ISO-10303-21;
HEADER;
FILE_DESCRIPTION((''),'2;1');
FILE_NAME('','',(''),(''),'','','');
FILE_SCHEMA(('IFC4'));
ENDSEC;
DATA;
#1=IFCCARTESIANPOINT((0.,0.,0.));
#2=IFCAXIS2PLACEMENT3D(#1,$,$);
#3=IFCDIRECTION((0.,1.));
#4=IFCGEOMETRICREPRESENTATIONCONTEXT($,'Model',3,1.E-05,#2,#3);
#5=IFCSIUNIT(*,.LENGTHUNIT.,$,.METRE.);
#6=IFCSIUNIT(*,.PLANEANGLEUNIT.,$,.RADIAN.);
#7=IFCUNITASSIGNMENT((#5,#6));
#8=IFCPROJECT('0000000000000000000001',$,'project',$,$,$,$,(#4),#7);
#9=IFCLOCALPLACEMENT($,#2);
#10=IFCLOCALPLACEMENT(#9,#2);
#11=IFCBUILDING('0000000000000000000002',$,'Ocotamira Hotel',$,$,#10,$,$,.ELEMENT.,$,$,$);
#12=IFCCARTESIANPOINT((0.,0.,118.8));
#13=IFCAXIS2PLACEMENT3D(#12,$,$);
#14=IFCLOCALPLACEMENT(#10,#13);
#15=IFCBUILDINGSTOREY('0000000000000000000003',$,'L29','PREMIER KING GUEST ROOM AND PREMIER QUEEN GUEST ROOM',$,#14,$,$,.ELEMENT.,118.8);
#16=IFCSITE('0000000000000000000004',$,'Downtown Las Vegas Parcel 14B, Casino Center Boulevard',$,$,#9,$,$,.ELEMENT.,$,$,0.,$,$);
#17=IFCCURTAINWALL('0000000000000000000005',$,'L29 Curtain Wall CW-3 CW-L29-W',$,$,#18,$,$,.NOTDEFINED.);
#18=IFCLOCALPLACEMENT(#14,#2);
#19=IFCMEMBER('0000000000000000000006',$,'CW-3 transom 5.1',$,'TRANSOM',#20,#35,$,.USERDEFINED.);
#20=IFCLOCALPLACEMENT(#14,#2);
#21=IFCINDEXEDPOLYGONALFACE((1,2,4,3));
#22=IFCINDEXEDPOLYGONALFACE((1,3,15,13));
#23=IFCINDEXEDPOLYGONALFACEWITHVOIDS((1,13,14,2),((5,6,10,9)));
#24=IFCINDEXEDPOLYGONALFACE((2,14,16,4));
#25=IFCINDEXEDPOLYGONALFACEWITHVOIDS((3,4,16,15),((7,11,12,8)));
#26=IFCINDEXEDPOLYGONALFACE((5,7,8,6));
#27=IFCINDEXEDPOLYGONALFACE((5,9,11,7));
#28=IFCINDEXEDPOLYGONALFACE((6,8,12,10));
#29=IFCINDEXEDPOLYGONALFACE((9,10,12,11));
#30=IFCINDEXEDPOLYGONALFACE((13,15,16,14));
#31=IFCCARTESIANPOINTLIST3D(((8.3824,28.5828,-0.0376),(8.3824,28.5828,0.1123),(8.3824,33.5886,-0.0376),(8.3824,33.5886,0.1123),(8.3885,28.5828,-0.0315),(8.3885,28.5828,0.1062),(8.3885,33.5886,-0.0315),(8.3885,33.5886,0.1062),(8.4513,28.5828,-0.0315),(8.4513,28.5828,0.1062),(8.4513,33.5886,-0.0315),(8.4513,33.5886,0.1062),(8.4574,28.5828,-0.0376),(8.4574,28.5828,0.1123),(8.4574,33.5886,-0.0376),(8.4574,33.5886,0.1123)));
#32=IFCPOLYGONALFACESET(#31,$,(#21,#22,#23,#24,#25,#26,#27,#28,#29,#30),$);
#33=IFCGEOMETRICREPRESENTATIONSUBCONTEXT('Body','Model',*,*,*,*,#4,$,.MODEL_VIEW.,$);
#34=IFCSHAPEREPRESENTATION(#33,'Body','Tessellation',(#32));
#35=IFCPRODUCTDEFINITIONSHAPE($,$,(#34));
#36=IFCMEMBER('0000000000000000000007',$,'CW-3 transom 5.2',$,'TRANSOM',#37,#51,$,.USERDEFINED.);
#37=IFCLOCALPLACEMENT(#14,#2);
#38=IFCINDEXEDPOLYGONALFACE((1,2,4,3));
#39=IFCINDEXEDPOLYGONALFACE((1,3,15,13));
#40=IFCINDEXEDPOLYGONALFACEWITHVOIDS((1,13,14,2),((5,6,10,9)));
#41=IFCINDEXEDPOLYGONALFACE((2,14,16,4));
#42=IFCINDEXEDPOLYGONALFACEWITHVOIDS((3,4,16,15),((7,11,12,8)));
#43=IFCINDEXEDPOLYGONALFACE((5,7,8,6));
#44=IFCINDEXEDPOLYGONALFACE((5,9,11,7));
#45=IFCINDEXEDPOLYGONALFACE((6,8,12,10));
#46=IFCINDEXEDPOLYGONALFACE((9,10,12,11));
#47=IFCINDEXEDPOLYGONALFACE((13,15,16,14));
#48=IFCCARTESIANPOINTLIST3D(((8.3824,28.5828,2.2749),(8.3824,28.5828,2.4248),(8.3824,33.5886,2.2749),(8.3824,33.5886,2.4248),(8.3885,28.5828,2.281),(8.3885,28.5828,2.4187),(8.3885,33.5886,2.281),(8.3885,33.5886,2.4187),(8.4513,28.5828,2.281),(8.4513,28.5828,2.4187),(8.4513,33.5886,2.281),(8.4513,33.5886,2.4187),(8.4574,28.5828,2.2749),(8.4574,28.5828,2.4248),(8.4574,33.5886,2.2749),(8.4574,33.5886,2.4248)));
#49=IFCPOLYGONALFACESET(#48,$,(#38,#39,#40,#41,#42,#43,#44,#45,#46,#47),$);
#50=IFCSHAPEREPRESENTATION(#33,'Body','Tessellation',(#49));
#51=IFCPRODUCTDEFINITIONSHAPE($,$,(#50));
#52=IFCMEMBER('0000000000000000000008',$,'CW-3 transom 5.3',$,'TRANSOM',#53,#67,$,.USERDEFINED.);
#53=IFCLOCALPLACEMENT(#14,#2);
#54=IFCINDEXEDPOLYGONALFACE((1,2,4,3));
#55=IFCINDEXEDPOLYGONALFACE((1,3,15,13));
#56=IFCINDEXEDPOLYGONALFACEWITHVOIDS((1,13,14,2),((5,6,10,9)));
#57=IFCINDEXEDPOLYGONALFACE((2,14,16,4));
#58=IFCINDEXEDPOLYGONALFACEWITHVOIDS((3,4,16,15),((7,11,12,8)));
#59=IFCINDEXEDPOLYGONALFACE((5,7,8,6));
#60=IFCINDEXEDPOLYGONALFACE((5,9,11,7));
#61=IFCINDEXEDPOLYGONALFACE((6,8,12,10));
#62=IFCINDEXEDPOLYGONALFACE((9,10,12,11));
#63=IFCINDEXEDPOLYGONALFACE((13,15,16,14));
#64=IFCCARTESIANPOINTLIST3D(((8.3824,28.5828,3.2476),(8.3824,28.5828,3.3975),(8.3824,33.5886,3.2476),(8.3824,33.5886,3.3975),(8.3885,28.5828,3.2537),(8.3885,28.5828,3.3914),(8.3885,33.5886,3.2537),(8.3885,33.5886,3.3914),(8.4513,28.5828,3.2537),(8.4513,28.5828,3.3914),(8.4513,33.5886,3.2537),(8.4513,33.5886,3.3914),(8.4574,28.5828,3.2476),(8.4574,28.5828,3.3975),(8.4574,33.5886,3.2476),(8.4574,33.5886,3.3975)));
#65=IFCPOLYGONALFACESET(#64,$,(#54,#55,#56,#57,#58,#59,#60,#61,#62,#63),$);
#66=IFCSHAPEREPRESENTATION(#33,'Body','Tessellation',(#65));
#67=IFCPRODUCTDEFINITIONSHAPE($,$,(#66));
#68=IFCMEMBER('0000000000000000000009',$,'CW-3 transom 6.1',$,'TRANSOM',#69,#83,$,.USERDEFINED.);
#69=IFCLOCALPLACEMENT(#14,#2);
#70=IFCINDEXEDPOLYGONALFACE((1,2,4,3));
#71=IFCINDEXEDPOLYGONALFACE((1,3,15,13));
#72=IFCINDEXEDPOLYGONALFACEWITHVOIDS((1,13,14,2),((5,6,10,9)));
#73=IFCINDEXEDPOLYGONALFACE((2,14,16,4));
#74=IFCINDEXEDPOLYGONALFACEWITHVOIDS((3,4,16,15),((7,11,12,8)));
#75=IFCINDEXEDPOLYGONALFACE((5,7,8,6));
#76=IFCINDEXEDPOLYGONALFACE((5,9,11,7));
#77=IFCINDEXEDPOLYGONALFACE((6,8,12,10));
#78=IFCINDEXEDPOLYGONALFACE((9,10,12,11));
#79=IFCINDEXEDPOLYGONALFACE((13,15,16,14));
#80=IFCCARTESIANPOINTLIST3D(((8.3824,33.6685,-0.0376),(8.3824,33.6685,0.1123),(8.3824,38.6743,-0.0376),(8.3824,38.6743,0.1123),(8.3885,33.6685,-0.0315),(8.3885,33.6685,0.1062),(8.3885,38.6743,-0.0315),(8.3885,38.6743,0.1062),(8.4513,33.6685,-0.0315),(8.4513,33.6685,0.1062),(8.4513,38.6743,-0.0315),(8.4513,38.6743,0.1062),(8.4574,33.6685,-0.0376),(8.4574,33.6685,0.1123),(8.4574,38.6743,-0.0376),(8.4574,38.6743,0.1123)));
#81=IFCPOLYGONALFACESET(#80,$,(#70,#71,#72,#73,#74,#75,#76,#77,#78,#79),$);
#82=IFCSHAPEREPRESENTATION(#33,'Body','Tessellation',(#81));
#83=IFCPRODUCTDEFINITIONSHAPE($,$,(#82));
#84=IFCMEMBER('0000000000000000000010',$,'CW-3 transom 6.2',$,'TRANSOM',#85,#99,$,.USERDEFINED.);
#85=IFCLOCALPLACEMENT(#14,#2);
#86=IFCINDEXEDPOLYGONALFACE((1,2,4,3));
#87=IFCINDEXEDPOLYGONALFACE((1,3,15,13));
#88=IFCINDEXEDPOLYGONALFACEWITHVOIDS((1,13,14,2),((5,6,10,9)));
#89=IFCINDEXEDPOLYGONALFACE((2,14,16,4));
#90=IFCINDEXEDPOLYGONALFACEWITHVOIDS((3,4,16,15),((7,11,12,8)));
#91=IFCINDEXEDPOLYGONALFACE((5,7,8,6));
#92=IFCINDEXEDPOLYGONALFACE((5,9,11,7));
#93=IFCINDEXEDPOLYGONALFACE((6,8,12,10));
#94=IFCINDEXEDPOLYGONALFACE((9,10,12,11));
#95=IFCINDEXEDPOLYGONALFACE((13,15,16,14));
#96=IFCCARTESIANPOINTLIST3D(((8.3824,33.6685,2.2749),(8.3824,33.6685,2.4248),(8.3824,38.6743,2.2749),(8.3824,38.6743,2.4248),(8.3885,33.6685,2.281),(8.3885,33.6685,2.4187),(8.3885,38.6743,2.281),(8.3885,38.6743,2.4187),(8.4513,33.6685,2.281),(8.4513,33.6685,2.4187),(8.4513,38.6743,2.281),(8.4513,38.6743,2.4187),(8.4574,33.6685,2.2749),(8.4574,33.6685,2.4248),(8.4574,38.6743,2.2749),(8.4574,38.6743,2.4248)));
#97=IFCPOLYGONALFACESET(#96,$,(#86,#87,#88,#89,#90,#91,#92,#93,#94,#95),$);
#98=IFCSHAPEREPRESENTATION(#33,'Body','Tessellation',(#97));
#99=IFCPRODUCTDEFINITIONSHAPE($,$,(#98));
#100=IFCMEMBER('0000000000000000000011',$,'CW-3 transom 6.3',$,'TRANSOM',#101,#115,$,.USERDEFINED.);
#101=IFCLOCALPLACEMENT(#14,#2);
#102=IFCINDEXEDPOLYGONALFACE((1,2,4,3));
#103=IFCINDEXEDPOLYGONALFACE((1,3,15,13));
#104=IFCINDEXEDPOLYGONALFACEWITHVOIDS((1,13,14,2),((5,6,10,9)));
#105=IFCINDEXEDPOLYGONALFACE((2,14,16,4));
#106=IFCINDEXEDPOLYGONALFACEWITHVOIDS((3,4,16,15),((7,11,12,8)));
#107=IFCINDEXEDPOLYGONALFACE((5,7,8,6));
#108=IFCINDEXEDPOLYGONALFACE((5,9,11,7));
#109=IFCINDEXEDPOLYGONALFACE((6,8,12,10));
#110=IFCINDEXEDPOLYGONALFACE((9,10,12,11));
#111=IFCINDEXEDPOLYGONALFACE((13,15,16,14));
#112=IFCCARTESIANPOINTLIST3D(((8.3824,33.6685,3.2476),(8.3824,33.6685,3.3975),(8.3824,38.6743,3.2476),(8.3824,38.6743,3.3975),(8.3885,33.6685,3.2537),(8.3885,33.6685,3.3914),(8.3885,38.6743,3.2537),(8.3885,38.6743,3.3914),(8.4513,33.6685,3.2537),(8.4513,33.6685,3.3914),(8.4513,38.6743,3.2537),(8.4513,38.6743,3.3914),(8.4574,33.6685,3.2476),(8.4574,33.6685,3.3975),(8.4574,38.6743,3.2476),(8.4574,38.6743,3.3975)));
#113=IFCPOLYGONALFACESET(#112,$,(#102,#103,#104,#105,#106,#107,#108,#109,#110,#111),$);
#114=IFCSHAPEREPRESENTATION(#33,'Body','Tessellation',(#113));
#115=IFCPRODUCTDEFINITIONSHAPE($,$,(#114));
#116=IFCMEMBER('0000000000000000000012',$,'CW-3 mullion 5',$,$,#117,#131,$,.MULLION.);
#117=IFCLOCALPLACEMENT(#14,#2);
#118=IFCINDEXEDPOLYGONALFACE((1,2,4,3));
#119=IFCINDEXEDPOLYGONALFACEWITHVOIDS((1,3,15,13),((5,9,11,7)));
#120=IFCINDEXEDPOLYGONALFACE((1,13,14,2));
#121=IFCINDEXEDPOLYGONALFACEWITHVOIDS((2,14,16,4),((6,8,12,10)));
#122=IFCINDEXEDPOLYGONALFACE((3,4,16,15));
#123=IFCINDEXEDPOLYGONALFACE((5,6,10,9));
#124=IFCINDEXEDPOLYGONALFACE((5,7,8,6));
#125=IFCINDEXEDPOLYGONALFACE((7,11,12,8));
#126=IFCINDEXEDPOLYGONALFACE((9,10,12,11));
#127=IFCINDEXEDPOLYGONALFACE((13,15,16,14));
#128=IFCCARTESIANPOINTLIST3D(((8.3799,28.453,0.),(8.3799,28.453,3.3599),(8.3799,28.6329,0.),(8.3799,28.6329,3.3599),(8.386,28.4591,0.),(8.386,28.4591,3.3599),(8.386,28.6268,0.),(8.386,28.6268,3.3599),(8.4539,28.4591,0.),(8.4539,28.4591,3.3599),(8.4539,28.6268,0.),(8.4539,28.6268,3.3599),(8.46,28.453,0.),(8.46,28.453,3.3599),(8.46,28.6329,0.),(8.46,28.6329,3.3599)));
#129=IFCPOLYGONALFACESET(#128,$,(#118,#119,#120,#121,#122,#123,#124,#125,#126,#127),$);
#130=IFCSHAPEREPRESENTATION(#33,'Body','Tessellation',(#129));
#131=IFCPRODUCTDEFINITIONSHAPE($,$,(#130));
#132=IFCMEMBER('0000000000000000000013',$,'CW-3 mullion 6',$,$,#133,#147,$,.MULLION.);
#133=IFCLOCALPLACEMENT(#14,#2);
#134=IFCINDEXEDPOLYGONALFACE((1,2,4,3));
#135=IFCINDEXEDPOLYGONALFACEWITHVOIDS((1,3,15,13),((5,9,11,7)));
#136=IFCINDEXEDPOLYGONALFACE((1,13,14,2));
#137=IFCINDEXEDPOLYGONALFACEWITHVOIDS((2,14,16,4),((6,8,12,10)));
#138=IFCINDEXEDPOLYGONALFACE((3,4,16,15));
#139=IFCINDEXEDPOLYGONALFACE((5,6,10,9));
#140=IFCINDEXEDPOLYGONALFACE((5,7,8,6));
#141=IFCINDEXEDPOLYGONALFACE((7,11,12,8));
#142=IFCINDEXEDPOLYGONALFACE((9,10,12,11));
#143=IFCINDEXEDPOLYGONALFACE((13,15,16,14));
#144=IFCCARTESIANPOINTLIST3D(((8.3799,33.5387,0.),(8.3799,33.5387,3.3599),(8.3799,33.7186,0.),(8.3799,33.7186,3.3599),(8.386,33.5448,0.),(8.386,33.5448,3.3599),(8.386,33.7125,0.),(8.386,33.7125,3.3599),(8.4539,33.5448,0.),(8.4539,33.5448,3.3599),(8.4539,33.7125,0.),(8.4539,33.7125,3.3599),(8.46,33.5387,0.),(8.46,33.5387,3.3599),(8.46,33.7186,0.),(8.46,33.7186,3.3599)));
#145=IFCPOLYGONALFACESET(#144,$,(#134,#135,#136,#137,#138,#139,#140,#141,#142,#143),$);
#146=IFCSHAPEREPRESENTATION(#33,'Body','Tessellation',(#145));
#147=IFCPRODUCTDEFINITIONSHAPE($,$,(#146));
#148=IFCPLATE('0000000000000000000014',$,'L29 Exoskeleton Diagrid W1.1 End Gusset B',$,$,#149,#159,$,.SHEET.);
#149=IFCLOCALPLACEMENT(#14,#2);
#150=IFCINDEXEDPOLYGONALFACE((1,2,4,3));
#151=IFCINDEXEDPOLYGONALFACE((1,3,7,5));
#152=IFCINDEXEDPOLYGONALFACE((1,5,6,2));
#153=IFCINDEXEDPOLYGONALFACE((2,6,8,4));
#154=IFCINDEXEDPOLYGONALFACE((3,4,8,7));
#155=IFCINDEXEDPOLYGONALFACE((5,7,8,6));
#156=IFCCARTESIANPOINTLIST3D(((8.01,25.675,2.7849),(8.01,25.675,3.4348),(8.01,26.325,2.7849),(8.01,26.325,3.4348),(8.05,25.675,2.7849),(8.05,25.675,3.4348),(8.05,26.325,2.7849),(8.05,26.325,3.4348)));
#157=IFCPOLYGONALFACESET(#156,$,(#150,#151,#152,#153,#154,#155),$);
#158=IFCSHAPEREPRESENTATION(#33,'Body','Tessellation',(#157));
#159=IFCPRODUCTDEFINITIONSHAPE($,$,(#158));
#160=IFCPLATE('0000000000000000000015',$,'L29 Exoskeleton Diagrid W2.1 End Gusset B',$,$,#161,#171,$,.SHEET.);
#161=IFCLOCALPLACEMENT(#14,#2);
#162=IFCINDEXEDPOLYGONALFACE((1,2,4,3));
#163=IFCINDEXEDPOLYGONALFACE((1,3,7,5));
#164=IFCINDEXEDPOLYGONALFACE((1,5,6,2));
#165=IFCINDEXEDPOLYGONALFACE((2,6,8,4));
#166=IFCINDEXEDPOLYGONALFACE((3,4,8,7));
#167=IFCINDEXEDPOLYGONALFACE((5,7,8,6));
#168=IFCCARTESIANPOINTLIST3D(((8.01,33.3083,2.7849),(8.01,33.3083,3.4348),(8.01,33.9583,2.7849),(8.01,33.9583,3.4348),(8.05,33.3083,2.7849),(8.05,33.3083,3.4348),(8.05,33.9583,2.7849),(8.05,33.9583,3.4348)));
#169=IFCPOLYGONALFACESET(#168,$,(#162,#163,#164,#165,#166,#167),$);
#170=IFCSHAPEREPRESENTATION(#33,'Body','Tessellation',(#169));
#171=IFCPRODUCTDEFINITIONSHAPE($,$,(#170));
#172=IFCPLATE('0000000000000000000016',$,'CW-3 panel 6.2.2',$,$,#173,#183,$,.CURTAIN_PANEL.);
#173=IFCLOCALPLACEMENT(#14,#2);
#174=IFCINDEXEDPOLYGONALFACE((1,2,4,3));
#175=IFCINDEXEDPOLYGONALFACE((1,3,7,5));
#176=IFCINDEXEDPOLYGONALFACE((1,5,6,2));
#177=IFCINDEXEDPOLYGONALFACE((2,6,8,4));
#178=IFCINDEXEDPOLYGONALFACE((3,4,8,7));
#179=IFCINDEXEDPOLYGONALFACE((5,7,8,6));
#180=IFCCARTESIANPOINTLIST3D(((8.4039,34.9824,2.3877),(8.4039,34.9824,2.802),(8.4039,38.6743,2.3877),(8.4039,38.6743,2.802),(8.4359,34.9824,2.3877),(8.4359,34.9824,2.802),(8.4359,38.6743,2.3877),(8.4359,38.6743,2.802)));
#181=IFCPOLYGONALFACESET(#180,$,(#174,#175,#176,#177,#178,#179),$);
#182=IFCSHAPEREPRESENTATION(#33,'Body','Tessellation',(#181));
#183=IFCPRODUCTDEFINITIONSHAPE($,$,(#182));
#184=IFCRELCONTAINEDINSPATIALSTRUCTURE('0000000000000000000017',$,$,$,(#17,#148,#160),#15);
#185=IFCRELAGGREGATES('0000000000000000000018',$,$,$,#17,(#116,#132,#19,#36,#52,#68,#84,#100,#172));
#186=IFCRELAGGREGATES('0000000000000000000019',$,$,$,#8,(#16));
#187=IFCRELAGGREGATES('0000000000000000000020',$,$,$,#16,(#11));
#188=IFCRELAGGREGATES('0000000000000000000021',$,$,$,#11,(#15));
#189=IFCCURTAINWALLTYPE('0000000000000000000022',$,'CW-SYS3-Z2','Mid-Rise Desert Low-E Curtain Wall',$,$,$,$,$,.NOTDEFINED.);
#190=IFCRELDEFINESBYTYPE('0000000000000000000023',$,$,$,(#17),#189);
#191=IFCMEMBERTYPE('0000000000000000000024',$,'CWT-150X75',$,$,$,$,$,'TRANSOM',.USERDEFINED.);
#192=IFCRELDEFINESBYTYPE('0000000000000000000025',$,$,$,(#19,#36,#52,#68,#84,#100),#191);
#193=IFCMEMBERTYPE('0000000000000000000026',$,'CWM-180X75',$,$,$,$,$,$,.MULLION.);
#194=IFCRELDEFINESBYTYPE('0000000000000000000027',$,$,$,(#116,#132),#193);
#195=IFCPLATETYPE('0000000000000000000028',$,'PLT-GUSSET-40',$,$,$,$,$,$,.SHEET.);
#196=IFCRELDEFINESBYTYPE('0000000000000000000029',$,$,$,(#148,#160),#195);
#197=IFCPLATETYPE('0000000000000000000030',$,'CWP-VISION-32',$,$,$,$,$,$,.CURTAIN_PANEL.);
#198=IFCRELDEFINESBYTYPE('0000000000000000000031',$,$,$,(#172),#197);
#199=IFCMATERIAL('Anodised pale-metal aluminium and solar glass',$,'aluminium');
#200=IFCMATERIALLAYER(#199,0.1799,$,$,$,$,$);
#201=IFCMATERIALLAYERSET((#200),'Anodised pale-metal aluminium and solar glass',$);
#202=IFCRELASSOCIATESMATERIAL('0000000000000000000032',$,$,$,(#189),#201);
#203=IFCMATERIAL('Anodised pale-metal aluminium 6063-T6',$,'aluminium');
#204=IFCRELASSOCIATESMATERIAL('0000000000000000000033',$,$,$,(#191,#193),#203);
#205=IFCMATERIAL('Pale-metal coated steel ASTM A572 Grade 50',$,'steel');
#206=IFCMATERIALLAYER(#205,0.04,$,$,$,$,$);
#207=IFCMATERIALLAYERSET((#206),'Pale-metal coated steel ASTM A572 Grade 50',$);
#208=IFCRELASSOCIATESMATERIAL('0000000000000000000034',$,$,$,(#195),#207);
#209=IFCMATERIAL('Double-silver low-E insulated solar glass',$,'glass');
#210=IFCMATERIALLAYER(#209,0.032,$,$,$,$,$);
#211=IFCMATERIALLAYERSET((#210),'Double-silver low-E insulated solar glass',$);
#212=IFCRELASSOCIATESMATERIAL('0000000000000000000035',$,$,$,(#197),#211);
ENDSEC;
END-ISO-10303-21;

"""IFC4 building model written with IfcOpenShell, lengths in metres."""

from ifc_helpers import new_model, si_unit, direction, frame, origin, origin_2d, place, context, subcontext, project, spatial, rectangle, hollow_rectangle, extrude, source, transform, mapped, material, layer, layer_set, material_profile, profile_set, type_object, element, aggregate, save


model = new_model("IFC4")

# Units and contexts
model_context = context("Model", 3, precision=1e-05, world=origin(), true_north=direction((0.0, 1.0)))
body_context = subcontext(model_context, "Body", "Model", "MODEL_VIEW")
ifc_project = project(units=[si_unit("LENGTHUNIT", "METRE"), si_unit("PLANEANGLEUNIT", "RADIAN")], contexts=[model_context])

# Site, building, storey
site_placement = place(None, origin())
site = spatial("IfcSite", under=ifc_project, at=site_placement, Name="Downtown Las Vegas Parcel 14B, Casino Center Boulevard", CompositionType="ELEMENT", RefElevation=0.0)
building_placement = place(site_placement, origin())
building = spatial("IfcBuilding", under=site, at=building_placement, Name="Ocotamira Hotel", CompositionType="ELEMENT")
storey_placement = place(building_placement, frame((0.0, 0.0, 118.8)))
storey = spatial("IfcBuildingStorey", under=building, at=storey_placement, Name="L29", Description="PREMIER KING GUEST ROOM AND PREMIER QUEEN GUEST ROOM", CompositionType="ELEMENT", Elevation=118.8)

# Curtain wall, members
ifc_material_1 = material(Name="Anodised pale-metal aluminium and solar glass", Category="aluminium")
ifc_layer_1 = layer(ifc_material_1, 0.1799)
ifc_layer_set_1 = layer_set([ifc_layer_1], Name="Anodised pale-metal aluminium and solar glass")
curtain_wall_type = type_object("IfcCurtainWallType", Name="CW-SYS3-Z2", Description="Mid-Rise Desert Low-E Curtain Wall", PredefinedType="NOTDEFINED", material=ifc_layer_set_1)
curtain_wall_placement = place(storey_placement, origin())
curtain_wall = element("IfcCurtainWall", 1, at=curtain_wall_placement, inside=storey, type_object=curtain_wall_type, Name="L29 Curtain Wall CW-3 CW-L29-W", PredefinedType="NOTDEFINED")
ifc_material_2 = material(Name="Anodised pale-metal aluminium 6063-T6", Category="aluminium")
ifc_material_profile_1 = material_profile(ifc_material_2, hollow_rectangle(XDim=0.075, YDim=0.1499, WallThickness=0.0061, at=origin_2d()), Name="HSS150X75X6")
ifc_profile_set_1 = profile_set([ifc_material_profile_1], Name="Anodised pale-metal aluminium 6063-T6")
member_type_1 = type_object("IfcMemberType", Name="CWT-150X75", ElementType="TRANSOM", PredefinedType="USERDEFINED", material=ifc_profile_set_1)
shared_shape_1 = source(origin(), body_context, "Body", "SweptSolid", [
    extrude(hollow_rectangle(XDim=0.075, YDim=0.1499, WallThickness=0.0061, at=origin_2d()), origin(), (0.0, 0.0, 1.0), 5.0059),
])
member_1_placement = place(storey_placement, frame((8.4199, 28.5828, 0.0374), z_axis=(0.0, 1.0, 0.0), x_axis=(-1.0, 0.0, 0.0)))
member_1 = element("IfcMember", 2, at=member_1_placement, type_object=member_type_1, Name="CW-3 transom 5.1", ObjectType="TRANSOM", PredefinedType="USERDEFINED", context=body_context, shape_type="MappedRepresentation", body=[
    mapped(shared_shape_1, transform((0.0, 0.0, 0.0), scale=1.0)),
])
member_2_placement = place(storey_placement, frame((8.4199, 28.5828, 2.3499), z_axis=(0.0, 1.0, 0.0), x_axis=(-1.0, 0.0, 0.0)))
member_2 = element("IfcMember", 3, at=member_2_placement, type_object=member_type_1, Name="CW-3 transom 5.2", ObjectType="TRANSOM", PredefinedType="USERDEFINED", context=body_context, shape_type="MappedRepresentation", body=[
    mapped(shared_shape_1, transform((0.0, 0.0, 0.0), scale=1.0)),
])
member_3_placement = place(storey_placement, frame((8.4199, 28.5828, 3.3225), z_axis=(0.0, 1.0, 0.0), x_axis=(-1.0, 0.0, 0.0)))
member_3 = element("IfcMember", 4, at=member_3_placement, type_object=member_type_1, Name="CW-3 transom 5.3", ObjectType="TRANSOM", PredefinedType="USERDEFINED", context=body_context, shape_type="MappedRepresentation", body=[
    mapped(shared_shape_1, transform((0.0, 0.0, 0.0), scale=1.0)),
])
member_4_placement = place(storey_placement, frame((8.4199, 33.6685, 0.0374), z_axis=(0.0, 1.0, 0.0), x_axis=(-1.0, 0.0, 0.0)))
member_4 = element("IfcMember", 5, at=member_4_placement, type_object=member_type_1, Name="CW-3 transom 6.1", ObjectType="TRANSOM", PredefinedType="USERDEFINED", context=body_context, shape_type="MappedRepresentation", body=[
    mapped(shared_shape_1, transform((0.0, 0.0, 0.0), scale=1.0)),
])
member_5_placement = place(storey_placement, frame((8.4199, 33.6685, 2.3499), z_axis=(0.0, 1.0, 0.0), x_axis=(-1.0, 0.0, 0.0)))
member_5 = element("IfcMember", 6, at=member_5_placement, type_object=member_type_1, Name="CW-3 transom 6.2", ObjectType="TRANSOM", PredefinedType="USERDEFINED", context=body_context, shape_type="MappedRepresentation", body=[
    mapped(shared_shape_1, transform((0.0, 0.0, 0.0), scale=1.0)),
])
member_6_placement = place(storey_placement, frame((8.4199, 33.6685, 3.3225), z_axis=(0.0, 1.0, 0.0), x_axis=(-1.0, 0.0, 0.0)))
member_6 = element("IfcMember", 7, at=member_6_placement, type_object=member_type_1, Name="CW-3 transom 6.3", ObjectType="TRANSOM", PredefinedType="USERDEFINED", context=body_context, shape_type="MappedRepresentation", body=[
    mapped(shared_shape_1, transform((0.0, 0.0, 0.0), scale=1.0)),
])
ifc_material_profile_2 = material_profile(ifc_material_2, hollow_rectangle(XDim=0.0801, YDim=0.1799, WallThickness=0.0061, at=origin_2d()), Name="HSS180X80X6")
ifc_profile_set_2 = profile_set([ifc_material_profile_2], Name="Anodised pale-metal aluminium 6063-T6")
member_type_2 = type_object("IfcMemberType", Name="CWM-180X75", PredefinedType="MULLION", material=ifc_profile_set_2)
shared_shape_2 = source(origin(), body_context, "Body", "SweptSolid", [
    extrude(hollow_rectangle(XDim=0.0801, YDim=0.1799, WallThickness=0.0061, at=origin_2d()), origin(), (0.0, 0.0, 1.0), 3.3599),
])
member_7_placement = place(storey_placement, frame((8.4199, 28.543, 0.0), z_axis=(0.0, 0.0, 1.0), x_axis=(-1.0, 0.0, 0.0)))
member_7 = element("IfcMember", 8, at=member_7_placement, type_object=member_type_2, Name="CW-3 mullion 5", PredefinedType="MULLION", context=body_context, shape_type="MappedRepresentation", body=[
    mapped(shared_shape_2, transform((0.0, 0.0, 0.0), scale=1.0)),
])
member_8_placement = place(storey_placement, frame((8.4199, 33.6287, 0.0), z_axis=(0.0, 0.0, 1.0), x_axis=(-1.0, 0.0, 0.0)))
member_8 = element("IfcMember", 9, at=member_8_placement, type_object=member_type_2, Name="CW-3 mullion 6", PredefinedType="MULLION", context=body_context, shape_type="MappedRepresentation", body=[
    mapped(shared_shape_2, transform((0.0, 0.0, 0.0), scale=1.0)),
])

# Plates
ifc_material_3 = material(Name="Pale-metal coated steel ASTM A572 Grade 50", Category="steel")
ifc_layer_2 = layer(ifc_material_3, 0.04)
ifc_layer_set_2 = layer_set([ifc_layer_2], Name="Pale-metal coated steel ASTM A572 Grade 50")
plate_type_1 = type_object("IfcPlateType", Name="PLT-GUSSET-40", PredefinedType="SHEET", material=ifc_layer_set_2)
shared_shape_3 = source(origin(), body_context, "Body", "SweptSolid", [
    extrude(rectangle(XDim=0.04, YDim=0.6499, at=origin_2d()), origin(), (0.0, 0.0, 1.0), 0.6499),
])
for number, where, z_axis, x_axis, name in (
    (10, (8.03, 26.0, 2.7849), (0.0, 0.0, 1.0), (1.0, 0.0, 0.0), "L29 Exoskeleton Diagrid W1.1 End Gusset B"),
    (11, (8.03, 33.6333, 2.7849), (0.0, 0.0, 1.0), (1.0, 0.0, 0.0), "L29 Exoskeleton Diagrid W2.1 End Gusset B"),
):
    element("IfcPlate", number, at=place(storey_placement, frame(where, z_axis=z_axis, x_axis=x_axis)), inside=storey, type_object=plate_type_1, Name=name, PredefinedType="SHEET", context=body_context, shape_type="MappedRepresentation", body=[
        mapped(shared_shape_3, transform((0.0, 0.0, 0.0), scale=1.0)),
    ])

# Plate
ifc_material_4 = material(Name="Double-silver low-E insulated solar glass", Category="glass")
ifc_layer_3 = layer(ifc_material_4, 0.032)
ifc_layer_set_3 = layer_set([ifc_layer_3], Name="Double-silver low-E insulated solar glass")
plate_type_2 = type_object("IfcPlateType", Name="CWP-VISION-32", PredefinedType="CURTAIN_PANEL", material=ifc_layer_set_3)
shared_shape_4 = source(origin(), body_context, "Body", "SweptSolid", [
    extrude(rectangle(XDim=3.6919, YDim=0.032, at=origin_2d()), origin(), (0.0, 0.0, 1.0), 0.4143),
])
plate_1_placement = place(storey_placement, frame((8.4199, 36.8284, 2.3877), z_axis=(0.0, 0.0, 1.0), x_axis=(0.0, 1.0, 0.0)))
plate_1 = element("IfcPlate", 12, at=plate_1_placement, type_object=plate_type_2, Name="CW-3 panel 6.2.2", PredefinedType="CURTAIN_PANEL", context=body_context, shape_type="MappedRepresentation", body=[
    mapped(shared_shape_4, transform((0.0, 0.0, 0.0), scale=1.0)),
])
aggregate(curtain_wall, [member_7, member_8, member_1, member_2, member_3, member_4, member_5, member_6, plate_1])

save(model, "model.ifc")
